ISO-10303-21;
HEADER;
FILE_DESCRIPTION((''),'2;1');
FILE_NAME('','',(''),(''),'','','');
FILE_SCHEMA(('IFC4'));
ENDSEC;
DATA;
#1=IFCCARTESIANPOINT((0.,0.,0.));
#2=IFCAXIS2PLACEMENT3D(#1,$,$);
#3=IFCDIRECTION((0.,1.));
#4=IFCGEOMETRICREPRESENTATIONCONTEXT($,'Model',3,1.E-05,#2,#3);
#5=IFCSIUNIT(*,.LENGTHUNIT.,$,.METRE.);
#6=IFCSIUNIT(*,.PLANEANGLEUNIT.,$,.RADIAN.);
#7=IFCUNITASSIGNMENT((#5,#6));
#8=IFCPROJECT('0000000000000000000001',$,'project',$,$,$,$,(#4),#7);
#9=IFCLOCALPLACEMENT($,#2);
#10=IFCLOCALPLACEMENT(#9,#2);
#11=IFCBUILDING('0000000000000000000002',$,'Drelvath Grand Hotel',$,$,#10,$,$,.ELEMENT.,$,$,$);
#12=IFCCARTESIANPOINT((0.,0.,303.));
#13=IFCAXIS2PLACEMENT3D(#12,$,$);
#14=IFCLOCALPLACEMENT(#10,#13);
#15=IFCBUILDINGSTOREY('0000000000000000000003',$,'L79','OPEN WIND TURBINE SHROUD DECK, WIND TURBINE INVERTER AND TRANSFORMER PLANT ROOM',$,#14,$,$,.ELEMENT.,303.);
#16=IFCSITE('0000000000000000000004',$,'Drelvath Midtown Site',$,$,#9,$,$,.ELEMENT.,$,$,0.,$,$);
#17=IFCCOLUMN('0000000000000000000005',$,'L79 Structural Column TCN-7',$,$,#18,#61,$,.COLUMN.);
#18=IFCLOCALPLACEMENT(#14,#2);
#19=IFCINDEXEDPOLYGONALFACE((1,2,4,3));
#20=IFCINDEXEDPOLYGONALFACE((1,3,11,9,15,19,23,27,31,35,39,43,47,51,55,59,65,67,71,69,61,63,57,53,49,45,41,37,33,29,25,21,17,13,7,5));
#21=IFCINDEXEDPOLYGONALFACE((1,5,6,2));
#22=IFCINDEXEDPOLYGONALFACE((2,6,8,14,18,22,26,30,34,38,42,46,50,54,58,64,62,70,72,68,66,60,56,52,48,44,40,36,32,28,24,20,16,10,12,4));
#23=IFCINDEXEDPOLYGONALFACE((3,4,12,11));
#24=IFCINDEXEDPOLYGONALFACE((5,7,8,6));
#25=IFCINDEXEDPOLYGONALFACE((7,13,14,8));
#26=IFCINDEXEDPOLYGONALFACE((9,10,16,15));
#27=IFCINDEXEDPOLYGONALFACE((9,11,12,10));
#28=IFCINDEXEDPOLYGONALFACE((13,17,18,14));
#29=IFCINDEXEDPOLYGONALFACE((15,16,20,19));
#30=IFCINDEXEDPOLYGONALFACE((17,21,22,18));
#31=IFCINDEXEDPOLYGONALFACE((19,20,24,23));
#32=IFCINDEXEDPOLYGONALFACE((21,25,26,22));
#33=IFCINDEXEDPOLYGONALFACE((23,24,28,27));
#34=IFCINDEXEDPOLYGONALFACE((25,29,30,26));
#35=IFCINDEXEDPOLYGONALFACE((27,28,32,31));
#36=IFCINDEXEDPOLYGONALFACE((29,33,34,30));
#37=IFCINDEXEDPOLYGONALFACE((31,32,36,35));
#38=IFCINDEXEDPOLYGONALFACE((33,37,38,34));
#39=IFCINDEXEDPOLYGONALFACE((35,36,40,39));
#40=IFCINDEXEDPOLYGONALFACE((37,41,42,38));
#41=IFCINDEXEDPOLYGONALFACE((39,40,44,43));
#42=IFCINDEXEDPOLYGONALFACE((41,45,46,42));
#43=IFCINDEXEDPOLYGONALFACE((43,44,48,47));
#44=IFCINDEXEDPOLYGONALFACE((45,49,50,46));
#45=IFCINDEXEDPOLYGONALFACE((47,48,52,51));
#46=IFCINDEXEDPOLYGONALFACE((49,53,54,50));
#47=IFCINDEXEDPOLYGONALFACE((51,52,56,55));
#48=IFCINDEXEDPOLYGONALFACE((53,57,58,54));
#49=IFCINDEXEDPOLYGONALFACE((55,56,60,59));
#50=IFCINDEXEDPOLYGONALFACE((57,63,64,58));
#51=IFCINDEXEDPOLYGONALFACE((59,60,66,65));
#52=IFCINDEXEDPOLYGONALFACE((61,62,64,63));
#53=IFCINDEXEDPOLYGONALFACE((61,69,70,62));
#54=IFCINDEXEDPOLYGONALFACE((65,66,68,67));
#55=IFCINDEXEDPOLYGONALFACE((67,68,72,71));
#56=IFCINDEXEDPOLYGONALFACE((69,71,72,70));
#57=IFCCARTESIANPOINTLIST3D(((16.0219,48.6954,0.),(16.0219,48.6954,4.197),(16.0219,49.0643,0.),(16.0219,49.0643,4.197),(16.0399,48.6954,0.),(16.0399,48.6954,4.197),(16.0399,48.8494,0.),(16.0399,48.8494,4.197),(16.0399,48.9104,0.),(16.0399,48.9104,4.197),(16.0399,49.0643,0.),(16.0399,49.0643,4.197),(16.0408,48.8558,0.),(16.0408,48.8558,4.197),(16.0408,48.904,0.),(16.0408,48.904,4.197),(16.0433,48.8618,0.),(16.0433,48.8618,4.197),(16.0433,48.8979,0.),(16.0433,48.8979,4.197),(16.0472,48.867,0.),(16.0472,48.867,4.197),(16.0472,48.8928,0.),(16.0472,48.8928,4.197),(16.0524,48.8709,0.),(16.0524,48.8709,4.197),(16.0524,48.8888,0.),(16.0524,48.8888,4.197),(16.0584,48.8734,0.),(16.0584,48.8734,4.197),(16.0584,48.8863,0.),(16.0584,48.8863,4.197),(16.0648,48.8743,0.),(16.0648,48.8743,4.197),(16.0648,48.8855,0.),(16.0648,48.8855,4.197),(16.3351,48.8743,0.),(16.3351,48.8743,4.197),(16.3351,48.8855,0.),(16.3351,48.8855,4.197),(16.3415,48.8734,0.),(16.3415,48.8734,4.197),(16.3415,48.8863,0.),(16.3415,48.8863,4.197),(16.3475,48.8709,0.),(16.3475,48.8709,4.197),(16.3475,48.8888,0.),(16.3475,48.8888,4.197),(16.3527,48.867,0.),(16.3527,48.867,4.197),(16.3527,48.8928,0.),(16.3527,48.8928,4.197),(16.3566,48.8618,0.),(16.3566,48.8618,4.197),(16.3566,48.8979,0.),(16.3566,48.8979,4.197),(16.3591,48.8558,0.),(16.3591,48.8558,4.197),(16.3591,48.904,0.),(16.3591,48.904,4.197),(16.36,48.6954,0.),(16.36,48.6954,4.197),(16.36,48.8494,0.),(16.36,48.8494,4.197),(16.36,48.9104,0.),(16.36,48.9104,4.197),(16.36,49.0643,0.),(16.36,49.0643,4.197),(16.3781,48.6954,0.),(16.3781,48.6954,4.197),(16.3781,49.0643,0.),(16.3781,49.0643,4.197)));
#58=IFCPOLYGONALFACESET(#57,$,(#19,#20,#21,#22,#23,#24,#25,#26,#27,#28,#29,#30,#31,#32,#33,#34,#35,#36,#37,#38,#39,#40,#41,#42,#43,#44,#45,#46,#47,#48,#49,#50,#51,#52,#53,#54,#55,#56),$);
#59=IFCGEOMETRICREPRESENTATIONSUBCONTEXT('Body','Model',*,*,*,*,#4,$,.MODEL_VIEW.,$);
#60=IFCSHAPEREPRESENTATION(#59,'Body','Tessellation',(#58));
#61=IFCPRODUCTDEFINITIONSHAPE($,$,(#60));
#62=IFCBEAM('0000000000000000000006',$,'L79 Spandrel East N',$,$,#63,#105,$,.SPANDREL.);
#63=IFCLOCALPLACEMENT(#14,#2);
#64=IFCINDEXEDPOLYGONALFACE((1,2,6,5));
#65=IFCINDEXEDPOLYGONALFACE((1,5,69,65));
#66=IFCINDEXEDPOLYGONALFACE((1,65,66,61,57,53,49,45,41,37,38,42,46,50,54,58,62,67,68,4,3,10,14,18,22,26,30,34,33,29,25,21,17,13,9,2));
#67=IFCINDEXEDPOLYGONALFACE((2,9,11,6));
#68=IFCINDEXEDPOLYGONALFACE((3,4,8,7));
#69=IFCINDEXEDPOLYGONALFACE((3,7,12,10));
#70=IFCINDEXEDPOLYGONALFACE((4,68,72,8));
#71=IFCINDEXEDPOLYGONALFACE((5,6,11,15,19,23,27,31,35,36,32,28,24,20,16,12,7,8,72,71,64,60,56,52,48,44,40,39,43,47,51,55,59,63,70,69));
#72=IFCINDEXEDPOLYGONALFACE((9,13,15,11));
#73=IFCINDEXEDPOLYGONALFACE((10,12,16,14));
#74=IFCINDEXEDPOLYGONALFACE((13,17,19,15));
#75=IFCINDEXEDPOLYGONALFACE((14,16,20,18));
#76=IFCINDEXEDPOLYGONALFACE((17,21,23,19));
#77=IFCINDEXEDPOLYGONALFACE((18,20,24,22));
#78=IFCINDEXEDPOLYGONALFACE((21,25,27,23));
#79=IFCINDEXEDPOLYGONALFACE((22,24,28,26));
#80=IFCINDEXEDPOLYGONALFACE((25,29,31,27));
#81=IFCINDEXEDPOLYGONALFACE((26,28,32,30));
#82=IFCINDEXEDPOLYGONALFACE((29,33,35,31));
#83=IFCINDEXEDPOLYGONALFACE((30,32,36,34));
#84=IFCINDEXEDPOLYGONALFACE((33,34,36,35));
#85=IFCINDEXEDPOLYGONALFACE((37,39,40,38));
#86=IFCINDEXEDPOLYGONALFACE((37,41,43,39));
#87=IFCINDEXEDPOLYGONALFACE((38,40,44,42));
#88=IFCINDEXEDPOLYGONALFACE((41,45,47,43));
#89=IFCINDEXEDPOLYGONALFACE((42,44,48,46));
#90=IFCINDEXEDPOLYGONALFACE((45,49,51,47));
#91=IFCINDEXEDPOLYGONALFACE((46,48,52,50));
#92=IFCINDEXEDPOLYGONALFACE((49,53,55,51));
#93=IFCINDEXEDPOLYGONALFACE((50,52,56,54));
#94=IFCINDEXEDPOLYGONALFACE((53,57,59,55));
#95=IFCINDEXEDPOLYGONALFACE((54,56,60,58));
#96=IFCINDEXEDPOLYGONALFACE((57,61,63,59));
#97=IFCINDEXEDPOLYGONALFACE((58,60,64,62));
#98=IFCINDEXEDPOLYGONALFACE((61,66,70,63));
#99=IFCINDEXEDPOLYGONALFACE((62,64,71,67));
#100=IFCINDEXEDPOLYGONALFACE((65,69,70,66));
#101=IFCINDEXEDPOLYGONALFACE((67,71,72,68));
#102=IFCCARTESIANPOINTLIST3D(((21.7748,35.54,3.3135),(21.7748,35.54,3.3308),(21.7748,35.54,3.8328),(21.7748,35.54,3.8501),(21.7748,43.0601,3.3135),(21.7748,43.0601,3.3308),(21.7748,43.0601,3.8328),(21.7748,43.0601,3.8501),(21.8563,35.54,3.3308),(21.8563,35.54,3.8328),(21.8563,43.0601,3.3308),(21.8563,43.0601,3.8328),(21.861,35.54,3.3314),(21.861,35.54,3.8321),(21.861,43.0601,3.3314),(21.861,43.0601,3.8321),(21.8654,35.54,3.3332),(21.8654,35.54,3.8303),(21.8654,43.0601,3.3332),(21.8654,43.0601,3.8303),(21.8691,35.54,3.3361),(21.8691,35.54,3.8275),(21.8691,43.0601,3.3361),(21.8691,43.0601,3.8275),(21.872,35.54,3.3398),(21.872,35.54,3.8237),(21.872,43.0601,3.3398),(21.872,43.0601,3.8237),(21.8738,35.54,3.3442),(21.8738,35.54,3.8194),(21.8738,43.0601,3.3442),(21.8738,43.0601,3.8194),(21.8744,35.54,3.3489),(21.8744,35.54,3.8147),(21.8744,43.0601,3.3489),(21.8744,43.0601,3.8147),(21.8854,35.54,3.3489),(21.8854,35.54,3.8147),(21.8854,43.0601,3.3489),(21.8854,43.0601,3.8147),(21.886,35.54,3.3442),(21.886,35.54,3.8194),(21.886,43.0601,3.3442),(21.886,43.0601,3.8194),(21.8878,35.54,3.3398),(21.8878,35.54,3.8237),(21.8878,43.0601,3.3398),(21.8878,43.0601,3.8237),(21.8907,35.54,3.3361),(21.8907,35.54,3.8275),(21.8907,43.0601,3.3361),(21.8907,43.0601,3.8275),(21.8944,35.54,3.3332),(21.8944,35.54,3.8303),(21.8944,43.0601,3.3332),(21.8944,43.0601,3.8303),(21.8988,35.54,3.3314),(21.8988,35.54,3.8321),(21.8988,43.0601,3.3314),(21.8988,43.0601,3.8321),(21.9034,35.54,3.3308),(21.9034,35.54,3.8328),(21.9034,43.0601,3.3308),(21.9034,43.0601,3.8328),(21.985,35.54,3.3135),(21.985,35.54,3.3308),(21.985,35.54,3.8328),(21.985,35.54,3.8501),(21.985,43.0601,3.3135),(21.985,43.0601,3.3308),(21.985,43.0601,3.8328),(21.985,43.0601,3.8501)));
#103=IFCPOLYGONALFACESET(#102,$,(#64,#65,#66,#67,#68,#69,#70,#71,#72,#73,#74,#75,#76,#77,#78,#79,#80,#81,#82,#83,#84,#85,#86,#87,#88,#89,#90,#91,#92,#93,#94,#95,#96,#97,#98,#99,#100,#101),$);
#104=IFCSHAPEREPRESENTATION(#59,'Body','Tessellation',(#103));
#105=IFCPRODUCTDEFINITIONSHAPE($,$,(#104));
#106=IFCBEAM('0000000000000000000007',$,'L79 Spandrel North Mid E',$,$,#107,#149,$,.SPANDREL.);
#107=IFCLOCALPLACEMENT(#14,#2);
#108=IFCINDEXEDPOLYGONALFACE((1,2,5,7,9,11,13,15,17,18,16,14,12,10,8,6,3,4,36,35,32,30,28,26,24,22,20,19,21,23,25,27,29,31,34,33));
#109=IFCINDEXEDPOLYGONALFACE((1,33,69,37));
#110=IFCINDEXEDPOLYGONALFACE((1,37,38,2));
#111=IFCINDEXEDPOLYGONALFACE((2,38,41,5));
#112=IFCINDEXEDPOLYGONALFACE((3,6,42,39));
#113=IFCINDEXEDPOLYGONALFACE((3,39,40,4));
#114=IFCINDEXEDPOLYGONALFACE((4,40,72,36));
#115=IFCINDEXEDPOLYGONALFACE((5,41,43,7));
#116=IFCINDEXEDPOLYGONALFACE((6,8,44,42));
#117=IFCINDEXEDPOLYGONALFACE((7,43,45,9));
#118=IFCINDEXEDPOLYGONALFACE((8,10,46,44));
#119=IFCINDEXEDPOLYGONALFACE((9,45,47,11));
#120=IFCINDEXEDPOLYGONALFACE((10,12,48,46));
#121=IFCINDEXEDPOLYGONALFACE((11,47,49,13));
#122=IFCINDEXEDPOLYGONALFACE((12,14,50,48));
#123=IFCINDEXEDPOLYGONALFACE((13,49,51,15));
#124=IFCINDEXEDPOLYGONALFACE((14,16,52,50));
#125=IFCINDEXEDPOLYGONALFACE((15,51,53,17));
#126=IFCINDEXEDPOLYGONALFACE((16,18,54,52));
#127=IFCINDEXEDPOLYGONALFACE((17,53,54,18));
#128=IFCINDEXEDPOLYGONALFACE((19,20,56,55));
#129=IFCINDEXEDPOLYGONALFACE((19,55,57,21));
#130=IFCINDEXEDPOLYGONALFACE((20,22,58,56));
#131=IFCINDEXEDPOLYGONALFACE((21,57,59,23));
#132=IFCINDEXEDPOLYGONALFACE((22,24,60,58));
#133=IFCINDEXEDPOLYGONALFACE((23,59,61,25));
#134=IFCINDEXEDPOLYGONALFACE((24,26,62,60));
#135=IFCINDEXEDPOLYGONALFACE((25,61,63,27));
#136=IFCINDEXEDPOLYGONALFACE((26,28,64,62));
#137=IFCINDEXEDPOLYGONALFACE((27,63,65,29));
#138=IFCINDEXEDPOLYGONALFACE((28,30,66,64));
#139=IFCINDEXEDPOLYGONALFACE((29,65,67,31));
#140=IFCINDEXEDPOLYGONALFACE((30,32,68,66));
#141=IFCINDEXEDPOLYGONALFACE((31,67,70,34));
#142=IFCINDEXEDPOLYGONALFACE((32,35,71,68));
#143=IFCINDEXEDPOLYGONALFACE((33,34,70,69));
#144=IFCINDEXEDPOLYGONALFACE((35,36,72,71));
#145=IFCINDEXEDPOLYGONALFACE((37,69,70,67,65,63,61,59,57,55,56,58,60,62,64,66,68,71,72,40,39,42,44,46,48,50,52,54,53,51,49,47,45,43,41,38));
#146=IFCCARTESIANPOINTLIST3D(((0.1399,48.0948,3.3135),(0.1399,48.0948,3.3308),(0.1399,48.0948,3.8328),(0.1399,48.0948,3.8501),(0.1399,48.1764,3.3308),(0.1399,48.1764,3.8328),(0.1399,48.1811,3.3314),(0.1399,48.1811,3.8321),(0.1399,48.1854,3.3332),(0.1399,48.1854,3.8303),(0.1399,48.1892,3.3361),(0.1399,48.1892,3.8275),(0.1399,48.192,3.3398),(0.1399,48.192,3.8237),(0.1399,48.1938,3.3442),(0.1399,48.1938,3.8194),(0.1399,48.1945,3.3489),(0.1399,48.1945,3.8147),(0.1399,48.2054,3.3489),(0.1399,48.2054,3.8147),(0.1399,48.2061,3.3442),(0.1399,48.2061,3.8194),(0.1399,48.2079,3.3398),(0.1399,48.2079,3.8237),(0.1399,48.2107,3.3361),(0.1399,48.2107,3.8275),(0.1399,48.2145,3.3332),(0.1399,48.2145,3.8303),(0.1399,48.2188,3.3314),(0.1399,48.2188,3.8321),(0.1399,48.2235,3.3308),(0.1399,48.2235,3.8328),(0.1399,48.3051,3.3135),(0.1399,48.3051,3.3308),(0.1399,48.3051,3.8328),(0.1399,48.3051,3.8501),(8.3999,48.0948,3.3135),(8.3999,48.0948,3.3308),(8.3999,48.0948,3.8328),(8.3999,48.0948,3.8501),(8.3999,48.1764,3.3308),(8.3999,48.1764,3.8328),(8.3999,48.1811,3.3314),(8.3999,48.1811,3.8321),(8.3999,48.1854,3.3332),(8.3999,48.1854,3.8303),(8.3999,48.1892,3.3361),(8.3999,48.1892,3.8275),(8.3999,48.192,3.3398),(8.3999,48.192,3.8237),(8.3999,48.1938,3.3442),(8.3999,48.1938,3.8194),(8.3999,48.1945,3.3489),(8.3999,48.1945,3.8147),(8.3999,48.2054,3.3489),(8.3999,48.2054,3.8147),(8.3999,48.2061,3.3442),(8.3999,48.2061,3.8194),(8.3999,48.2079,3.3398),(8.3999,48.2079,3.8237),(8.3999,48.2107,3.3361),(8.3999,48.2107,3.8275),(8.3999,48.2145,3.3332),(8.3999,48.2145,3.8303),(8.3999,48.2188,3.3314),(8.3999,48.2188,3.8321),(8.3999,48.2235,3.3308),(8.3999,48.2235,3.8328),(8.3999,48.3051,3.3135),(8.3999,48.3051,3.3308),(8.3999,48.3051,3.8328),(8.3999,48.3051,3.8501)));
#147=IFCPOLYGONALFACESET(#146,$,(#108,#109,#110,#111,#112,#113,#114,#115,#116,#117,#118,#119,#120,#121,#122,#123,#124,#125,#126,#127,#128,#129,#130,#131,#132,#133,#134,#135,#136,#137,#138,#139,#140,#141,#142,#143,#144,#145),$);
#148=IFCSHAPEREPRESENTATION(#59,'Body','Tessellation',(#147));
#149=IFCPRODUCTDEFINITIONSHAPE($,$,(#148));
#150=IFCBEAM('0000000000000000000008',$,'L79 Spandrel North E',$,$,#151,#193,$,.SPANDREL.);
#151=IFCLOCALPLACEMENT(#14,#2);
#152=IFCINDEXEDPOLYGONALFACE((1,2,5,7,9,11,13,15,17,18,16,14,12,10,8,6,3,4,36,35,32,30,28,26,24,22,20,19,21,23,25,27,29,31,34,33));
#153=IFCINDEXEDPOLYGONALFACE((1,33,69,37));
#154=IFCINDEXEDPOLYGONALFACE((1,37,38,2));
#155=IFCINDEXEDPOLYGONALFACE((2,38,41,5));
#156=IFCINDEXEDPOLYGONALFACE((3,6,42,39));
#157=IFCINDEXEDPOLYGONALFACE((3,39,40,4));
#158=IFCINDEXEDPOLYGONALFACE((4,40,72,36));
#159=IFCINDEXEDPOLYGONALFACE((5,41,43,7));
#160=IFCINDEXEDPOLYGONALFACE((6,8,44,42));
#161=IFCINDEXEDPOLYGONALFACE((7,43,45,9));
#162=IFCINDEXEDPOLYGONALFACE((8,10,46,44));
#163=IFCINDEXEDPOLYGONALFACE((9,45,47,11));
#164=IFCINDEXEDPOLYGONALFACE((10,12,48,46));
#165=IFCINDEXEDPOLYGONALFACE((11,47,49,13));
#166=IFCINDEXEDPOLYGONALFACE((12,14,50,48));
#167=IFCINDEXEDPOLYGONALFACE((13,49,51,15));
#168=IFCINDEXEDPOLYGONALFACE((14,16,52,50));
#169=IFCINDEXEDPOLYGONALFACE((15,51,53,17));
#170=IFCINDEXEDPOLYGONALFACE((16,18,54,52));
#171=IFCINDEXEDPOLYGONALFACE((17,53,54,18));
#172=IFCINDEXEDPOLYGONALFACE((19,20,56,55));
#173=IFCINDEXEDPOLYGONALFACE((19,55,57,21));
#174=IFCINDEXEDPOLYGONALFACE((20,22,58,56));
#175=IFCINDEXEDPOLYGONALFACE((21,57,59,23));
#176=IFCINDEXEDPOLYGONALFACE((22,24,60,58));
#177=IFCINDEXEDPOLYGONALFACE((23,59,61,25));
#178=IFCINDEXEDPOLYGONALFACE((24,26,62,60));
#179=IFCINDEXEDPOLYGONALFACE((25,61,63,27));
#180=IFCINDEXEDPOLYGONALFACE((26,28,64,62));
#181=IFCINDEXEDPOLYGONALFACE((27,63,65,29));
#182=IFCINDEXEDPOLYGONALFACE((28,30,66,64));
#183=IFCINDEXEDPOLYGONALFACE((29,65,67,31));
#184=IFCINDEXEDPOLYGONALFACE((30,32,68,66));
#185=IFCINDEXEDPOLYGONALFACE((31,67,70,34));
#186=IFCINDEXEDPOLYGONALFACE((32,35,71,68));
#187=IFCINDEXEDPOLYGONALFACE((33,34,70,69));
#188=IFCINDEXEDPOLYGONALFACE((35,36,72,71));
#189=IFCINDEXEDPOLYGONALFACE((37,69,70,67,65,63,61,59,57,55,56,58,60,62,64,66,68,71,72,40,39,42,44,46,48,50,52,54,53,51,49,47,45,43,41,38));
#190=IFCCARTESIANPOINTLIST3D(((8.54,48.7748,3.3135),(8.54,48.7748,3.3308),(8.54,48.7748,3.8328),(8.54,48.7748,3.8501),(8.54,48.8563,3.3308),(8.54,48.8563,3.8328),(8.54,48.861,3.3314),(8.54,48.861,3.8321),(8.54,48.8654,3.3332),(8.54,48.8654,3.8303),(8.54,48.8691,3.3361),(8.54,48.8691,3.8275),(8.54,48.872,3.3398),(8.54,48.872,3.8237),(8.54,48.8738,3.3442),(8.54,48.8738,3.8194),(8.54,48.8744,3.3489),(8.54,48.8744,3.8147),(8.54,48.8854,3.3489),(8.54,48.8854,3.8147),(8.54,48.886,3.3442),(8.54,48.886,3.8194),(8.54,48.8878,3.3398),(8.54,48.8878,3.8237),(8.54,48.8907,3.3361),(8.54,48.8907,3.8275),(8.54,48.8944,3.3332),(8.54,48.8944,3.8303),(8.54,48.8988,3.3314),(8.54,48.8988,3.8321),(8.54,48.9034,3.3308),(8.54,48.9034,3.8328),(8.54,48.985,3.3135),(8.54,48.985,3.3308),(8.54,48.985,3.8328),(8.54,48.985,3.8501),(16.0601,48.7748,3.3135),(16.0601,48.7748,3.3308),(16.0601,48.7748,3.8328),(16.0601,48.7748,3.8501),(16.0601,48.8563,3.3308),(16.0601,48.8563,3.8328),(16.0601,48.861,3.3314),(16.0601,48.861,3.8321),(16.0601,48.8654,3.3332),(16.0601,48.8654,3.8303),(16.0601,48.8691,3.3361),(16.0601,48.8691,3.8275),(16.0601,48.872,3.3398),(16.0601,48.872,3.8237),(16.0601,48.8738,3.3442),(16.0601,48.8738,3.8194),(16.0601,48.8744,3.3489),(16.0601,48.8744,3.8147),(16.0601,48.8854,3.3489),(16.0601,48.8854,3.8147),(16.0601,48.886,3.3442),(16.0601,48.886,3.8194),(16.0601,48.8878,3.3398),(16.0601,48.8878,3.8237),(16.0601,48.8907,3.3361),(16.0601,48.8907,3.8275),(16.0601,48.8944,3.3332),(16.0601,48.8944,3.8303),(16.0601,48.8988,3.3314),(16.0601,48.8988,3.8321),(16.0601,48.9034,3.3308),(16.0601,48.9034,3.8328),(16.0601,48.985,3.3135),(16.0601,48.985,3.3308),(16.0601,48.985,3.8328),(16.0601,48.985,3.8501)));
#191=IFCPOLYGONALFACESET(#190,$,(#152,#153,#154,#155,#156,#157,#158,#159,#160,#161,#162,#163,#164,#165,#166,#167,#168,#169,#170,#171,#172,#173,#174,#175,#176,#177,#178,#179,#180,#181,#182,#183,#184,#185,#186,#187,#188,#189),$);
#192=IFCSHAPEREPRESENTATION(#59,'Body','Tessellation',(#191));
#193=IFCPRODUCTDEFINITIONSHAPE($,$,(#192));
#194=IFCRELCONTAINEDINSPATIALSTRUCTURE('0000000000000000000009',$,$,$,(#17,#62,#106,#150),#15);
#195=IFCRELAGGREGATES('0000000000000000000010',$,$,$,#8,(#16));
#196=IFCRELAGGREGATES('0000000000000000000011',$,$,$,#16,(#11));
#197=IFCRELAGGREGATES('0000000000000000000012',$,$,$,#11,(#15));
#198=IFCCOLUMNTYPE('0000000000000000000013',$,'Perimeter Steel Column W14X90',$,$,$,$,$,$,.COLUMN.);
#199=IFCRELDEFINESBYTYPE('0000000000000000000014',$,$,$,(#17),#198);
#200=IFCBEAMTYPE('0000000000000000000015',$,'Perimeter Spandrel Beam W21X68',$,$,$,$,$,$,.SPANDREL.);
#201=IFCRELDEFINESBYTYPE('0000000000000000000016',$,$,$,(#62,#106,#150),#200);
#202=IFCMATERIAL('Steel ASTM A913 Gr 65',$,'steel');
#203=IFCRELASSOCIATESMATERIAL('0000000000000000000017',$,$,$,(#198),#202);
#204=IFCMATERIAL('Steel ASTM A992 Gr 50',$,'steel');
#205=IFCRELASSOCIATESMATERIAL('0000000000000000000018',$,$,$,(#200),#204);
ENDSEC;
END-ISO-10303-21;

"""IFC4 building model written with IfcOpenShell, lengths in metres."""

from ifc_helpers import new_model, si_unit, direction, frame, origin, origin_2d, place, context, subcontext, project, spatial, i_section, extrude, material, material_profile, profile_set, type_object, element, save


model = new_model("IFC4")

# Units and contexts
model_context = context("Model", 3, precision=1e-05, world=origin(), true_north=direction((0.0, 1.0)))
body_context = subcontext(model_context, "Body", "Model", "MODEL_VIEW")
ifc_project = project(units=[si_unit("LENGTHUNIT", "METRE"), si_unit("PLANEANGLEUNIT", "RADIAN")], contexts=[model_context])

# Site, building, storey
site_placement = place(None, origin())
site = spatial("IfcSite", under=ifc_project, at=site_placement, Name="Drelvath Midtown Site", CompositionType="ELEMENT", RefElevation=0.0)
building_placement = place(site_placement, origin())
building = spatial("IfcBuilding", under=site, at=building_placement, Name="Drelvath Grand Hotel", CompositionType="ELEMENT")
storey_placement = place(building_placement, frame((0.0, 0.0, 303.0)))
storey = spatial("IfcBuildingStorey", under=building, at=storey_placement, Name="L79", Description="OPEN WIND TURBINE SHROUD DECK, WIND TURBINE INVERTER AND TRANSFORMER PLANT ROOM", CompositionType="ELEMENT", Elevation=303.0)

# Column
ifc_material_1 = material(Name="Steel ASTM A913 Gr 65", Category="steel")
ifc_material_profile_1 = material_profile(ifc_material_1, i_section(OverallWidth=0.3689, OverallDepth=0.3562, WebThickness=0.0112, FlangeThickness=0.0181, FilletRadius=0.0249, at=origin_2d()), Name="W14X90")
ifc_profile_set_1 = profile_set([ifc_material_profile_1], Name="Steel ASTM A913 Gr 65")
column_type_1 = type_object("IfcColumnType", Name="Perimeter Steel Column W14X90", PredefinedType="COLUMN", material=ifc_profile_set_1)
for number, where, z_axis, x_axis, name in (
    (1, (16.2, 48.8799, 0.0), (0.0, 0.0, 1.0), (0.0, 1.0, 0.0), "L79 Structural Column TCN-7"),
):
    element("IfcColumn", number, at=place(storey_placement, frame(where, z_axis=z_axis, x_axis=x_axis)), inside=storey, type_object=column_type_1, Name=name, PredefinedType="COLUMN", context=body_context, shape_type="SweptSolid", body=[
        extrude(i_section(OverallWidth=0.3689, OverallDepth=0.3562, WebThickness=0.0112, FlangeThickness=0.0181, FilletRadius=0.0249, at=origin_2d()), origin(), (0.0, 0.0, 1.0), 4.197),
    ])

# Beams
ifc_material_2 = material(Name="Steel ASTM A992 Gr 50", Category="steel")
ifc_material_profile_2 = material_profile(ifc_material_2, i_section(OverallWidth=0.2102, OverallDepth=0.5366, WebThickness=0.011, FlangeThickness=0.0173, FilletRadius=0.0181, at=origin_2d()), Name="W21X68")
ifc_profile_set_2 = profile_set([ifc_material_profile_2], Name="Steel ASTM A992 Gr 50")
beam_type_1 = type_object("IfcBeamType", Name="Perimeter Spandrel Beam W21X68", PredefinedType="SPANDREL", material=ifc_profile_set_2)
beam_1_placement = place(storey_placement, frame((21.8799, 35.54, 3.5818), z_axis=(0.0, 1.0, 0.0), x_axis=(-1.0, 0.0, 0.0)))
element("IfcBeam", 2, at=beam_1_placement, inside=storey, type_object=beam_type_1, Name="L79 Spandrel East N", PredefinedType="SPANDREL", context=body_context, shape_type="SweptSolid", body=[
    extrude(i_section(OverallWidth=0.2102, OverallDepth=0.5366, WebThickness=0.011, FlangeThickness=0.0173, FilletRadius=0.0181, at=origin_2d()), origin(), (0.0, 0.0, 1.0), 7.52),
])
beam_2_placement = place(storey_placement, frame((0.1399, 48.2, 3.5818), z_axis=(1.0, 0.0, 0.0), x_axis=(0.0, 1.0, 0.0)))
element("IfcBeam", 3, at=beam_2_placement, inside=storey, type_object=beam_type_1, Name="L79 Spandrel North Mid E", PredefinedType="SPANDREL", context=body_context, shape_type="SweptSolid", body=[
    extrude(i_section(OverallWidth=0.2102, OverallDepth=0.5366, WebThickness=0.011, FlangeThickness=0.0173, FilletRadius=0.0181, at=origin_2d()), origin(), (0.0, 0.0, 1.0), 8.26),
])
beam_3_placement = place(storey_placement, frame((8.54, 48.8799, 3.5818), z_axis=(1.0, 0.0, 0.0), x_axis=(0.0, 1.0, 0.0)))
element("IfcBeam", 4, at=beam_3_placement, inside=storey, type_object=beam_type_1, Name="L79 Spandrel North E", PredefinedType="SPANDREL", context=body_context, shape_type="SweptSolid", body=[
    extrude(i_section(OverallWidth=0.2102, OverallDepth=0.5366, WebThickness=0.011, FlangeThickness=0.0173, FilletRadius=0.0181, at=origin_2d()), origin(), (0.0, 0.0, 1.0), 7.52),
])

save(model, "model.ifc")
